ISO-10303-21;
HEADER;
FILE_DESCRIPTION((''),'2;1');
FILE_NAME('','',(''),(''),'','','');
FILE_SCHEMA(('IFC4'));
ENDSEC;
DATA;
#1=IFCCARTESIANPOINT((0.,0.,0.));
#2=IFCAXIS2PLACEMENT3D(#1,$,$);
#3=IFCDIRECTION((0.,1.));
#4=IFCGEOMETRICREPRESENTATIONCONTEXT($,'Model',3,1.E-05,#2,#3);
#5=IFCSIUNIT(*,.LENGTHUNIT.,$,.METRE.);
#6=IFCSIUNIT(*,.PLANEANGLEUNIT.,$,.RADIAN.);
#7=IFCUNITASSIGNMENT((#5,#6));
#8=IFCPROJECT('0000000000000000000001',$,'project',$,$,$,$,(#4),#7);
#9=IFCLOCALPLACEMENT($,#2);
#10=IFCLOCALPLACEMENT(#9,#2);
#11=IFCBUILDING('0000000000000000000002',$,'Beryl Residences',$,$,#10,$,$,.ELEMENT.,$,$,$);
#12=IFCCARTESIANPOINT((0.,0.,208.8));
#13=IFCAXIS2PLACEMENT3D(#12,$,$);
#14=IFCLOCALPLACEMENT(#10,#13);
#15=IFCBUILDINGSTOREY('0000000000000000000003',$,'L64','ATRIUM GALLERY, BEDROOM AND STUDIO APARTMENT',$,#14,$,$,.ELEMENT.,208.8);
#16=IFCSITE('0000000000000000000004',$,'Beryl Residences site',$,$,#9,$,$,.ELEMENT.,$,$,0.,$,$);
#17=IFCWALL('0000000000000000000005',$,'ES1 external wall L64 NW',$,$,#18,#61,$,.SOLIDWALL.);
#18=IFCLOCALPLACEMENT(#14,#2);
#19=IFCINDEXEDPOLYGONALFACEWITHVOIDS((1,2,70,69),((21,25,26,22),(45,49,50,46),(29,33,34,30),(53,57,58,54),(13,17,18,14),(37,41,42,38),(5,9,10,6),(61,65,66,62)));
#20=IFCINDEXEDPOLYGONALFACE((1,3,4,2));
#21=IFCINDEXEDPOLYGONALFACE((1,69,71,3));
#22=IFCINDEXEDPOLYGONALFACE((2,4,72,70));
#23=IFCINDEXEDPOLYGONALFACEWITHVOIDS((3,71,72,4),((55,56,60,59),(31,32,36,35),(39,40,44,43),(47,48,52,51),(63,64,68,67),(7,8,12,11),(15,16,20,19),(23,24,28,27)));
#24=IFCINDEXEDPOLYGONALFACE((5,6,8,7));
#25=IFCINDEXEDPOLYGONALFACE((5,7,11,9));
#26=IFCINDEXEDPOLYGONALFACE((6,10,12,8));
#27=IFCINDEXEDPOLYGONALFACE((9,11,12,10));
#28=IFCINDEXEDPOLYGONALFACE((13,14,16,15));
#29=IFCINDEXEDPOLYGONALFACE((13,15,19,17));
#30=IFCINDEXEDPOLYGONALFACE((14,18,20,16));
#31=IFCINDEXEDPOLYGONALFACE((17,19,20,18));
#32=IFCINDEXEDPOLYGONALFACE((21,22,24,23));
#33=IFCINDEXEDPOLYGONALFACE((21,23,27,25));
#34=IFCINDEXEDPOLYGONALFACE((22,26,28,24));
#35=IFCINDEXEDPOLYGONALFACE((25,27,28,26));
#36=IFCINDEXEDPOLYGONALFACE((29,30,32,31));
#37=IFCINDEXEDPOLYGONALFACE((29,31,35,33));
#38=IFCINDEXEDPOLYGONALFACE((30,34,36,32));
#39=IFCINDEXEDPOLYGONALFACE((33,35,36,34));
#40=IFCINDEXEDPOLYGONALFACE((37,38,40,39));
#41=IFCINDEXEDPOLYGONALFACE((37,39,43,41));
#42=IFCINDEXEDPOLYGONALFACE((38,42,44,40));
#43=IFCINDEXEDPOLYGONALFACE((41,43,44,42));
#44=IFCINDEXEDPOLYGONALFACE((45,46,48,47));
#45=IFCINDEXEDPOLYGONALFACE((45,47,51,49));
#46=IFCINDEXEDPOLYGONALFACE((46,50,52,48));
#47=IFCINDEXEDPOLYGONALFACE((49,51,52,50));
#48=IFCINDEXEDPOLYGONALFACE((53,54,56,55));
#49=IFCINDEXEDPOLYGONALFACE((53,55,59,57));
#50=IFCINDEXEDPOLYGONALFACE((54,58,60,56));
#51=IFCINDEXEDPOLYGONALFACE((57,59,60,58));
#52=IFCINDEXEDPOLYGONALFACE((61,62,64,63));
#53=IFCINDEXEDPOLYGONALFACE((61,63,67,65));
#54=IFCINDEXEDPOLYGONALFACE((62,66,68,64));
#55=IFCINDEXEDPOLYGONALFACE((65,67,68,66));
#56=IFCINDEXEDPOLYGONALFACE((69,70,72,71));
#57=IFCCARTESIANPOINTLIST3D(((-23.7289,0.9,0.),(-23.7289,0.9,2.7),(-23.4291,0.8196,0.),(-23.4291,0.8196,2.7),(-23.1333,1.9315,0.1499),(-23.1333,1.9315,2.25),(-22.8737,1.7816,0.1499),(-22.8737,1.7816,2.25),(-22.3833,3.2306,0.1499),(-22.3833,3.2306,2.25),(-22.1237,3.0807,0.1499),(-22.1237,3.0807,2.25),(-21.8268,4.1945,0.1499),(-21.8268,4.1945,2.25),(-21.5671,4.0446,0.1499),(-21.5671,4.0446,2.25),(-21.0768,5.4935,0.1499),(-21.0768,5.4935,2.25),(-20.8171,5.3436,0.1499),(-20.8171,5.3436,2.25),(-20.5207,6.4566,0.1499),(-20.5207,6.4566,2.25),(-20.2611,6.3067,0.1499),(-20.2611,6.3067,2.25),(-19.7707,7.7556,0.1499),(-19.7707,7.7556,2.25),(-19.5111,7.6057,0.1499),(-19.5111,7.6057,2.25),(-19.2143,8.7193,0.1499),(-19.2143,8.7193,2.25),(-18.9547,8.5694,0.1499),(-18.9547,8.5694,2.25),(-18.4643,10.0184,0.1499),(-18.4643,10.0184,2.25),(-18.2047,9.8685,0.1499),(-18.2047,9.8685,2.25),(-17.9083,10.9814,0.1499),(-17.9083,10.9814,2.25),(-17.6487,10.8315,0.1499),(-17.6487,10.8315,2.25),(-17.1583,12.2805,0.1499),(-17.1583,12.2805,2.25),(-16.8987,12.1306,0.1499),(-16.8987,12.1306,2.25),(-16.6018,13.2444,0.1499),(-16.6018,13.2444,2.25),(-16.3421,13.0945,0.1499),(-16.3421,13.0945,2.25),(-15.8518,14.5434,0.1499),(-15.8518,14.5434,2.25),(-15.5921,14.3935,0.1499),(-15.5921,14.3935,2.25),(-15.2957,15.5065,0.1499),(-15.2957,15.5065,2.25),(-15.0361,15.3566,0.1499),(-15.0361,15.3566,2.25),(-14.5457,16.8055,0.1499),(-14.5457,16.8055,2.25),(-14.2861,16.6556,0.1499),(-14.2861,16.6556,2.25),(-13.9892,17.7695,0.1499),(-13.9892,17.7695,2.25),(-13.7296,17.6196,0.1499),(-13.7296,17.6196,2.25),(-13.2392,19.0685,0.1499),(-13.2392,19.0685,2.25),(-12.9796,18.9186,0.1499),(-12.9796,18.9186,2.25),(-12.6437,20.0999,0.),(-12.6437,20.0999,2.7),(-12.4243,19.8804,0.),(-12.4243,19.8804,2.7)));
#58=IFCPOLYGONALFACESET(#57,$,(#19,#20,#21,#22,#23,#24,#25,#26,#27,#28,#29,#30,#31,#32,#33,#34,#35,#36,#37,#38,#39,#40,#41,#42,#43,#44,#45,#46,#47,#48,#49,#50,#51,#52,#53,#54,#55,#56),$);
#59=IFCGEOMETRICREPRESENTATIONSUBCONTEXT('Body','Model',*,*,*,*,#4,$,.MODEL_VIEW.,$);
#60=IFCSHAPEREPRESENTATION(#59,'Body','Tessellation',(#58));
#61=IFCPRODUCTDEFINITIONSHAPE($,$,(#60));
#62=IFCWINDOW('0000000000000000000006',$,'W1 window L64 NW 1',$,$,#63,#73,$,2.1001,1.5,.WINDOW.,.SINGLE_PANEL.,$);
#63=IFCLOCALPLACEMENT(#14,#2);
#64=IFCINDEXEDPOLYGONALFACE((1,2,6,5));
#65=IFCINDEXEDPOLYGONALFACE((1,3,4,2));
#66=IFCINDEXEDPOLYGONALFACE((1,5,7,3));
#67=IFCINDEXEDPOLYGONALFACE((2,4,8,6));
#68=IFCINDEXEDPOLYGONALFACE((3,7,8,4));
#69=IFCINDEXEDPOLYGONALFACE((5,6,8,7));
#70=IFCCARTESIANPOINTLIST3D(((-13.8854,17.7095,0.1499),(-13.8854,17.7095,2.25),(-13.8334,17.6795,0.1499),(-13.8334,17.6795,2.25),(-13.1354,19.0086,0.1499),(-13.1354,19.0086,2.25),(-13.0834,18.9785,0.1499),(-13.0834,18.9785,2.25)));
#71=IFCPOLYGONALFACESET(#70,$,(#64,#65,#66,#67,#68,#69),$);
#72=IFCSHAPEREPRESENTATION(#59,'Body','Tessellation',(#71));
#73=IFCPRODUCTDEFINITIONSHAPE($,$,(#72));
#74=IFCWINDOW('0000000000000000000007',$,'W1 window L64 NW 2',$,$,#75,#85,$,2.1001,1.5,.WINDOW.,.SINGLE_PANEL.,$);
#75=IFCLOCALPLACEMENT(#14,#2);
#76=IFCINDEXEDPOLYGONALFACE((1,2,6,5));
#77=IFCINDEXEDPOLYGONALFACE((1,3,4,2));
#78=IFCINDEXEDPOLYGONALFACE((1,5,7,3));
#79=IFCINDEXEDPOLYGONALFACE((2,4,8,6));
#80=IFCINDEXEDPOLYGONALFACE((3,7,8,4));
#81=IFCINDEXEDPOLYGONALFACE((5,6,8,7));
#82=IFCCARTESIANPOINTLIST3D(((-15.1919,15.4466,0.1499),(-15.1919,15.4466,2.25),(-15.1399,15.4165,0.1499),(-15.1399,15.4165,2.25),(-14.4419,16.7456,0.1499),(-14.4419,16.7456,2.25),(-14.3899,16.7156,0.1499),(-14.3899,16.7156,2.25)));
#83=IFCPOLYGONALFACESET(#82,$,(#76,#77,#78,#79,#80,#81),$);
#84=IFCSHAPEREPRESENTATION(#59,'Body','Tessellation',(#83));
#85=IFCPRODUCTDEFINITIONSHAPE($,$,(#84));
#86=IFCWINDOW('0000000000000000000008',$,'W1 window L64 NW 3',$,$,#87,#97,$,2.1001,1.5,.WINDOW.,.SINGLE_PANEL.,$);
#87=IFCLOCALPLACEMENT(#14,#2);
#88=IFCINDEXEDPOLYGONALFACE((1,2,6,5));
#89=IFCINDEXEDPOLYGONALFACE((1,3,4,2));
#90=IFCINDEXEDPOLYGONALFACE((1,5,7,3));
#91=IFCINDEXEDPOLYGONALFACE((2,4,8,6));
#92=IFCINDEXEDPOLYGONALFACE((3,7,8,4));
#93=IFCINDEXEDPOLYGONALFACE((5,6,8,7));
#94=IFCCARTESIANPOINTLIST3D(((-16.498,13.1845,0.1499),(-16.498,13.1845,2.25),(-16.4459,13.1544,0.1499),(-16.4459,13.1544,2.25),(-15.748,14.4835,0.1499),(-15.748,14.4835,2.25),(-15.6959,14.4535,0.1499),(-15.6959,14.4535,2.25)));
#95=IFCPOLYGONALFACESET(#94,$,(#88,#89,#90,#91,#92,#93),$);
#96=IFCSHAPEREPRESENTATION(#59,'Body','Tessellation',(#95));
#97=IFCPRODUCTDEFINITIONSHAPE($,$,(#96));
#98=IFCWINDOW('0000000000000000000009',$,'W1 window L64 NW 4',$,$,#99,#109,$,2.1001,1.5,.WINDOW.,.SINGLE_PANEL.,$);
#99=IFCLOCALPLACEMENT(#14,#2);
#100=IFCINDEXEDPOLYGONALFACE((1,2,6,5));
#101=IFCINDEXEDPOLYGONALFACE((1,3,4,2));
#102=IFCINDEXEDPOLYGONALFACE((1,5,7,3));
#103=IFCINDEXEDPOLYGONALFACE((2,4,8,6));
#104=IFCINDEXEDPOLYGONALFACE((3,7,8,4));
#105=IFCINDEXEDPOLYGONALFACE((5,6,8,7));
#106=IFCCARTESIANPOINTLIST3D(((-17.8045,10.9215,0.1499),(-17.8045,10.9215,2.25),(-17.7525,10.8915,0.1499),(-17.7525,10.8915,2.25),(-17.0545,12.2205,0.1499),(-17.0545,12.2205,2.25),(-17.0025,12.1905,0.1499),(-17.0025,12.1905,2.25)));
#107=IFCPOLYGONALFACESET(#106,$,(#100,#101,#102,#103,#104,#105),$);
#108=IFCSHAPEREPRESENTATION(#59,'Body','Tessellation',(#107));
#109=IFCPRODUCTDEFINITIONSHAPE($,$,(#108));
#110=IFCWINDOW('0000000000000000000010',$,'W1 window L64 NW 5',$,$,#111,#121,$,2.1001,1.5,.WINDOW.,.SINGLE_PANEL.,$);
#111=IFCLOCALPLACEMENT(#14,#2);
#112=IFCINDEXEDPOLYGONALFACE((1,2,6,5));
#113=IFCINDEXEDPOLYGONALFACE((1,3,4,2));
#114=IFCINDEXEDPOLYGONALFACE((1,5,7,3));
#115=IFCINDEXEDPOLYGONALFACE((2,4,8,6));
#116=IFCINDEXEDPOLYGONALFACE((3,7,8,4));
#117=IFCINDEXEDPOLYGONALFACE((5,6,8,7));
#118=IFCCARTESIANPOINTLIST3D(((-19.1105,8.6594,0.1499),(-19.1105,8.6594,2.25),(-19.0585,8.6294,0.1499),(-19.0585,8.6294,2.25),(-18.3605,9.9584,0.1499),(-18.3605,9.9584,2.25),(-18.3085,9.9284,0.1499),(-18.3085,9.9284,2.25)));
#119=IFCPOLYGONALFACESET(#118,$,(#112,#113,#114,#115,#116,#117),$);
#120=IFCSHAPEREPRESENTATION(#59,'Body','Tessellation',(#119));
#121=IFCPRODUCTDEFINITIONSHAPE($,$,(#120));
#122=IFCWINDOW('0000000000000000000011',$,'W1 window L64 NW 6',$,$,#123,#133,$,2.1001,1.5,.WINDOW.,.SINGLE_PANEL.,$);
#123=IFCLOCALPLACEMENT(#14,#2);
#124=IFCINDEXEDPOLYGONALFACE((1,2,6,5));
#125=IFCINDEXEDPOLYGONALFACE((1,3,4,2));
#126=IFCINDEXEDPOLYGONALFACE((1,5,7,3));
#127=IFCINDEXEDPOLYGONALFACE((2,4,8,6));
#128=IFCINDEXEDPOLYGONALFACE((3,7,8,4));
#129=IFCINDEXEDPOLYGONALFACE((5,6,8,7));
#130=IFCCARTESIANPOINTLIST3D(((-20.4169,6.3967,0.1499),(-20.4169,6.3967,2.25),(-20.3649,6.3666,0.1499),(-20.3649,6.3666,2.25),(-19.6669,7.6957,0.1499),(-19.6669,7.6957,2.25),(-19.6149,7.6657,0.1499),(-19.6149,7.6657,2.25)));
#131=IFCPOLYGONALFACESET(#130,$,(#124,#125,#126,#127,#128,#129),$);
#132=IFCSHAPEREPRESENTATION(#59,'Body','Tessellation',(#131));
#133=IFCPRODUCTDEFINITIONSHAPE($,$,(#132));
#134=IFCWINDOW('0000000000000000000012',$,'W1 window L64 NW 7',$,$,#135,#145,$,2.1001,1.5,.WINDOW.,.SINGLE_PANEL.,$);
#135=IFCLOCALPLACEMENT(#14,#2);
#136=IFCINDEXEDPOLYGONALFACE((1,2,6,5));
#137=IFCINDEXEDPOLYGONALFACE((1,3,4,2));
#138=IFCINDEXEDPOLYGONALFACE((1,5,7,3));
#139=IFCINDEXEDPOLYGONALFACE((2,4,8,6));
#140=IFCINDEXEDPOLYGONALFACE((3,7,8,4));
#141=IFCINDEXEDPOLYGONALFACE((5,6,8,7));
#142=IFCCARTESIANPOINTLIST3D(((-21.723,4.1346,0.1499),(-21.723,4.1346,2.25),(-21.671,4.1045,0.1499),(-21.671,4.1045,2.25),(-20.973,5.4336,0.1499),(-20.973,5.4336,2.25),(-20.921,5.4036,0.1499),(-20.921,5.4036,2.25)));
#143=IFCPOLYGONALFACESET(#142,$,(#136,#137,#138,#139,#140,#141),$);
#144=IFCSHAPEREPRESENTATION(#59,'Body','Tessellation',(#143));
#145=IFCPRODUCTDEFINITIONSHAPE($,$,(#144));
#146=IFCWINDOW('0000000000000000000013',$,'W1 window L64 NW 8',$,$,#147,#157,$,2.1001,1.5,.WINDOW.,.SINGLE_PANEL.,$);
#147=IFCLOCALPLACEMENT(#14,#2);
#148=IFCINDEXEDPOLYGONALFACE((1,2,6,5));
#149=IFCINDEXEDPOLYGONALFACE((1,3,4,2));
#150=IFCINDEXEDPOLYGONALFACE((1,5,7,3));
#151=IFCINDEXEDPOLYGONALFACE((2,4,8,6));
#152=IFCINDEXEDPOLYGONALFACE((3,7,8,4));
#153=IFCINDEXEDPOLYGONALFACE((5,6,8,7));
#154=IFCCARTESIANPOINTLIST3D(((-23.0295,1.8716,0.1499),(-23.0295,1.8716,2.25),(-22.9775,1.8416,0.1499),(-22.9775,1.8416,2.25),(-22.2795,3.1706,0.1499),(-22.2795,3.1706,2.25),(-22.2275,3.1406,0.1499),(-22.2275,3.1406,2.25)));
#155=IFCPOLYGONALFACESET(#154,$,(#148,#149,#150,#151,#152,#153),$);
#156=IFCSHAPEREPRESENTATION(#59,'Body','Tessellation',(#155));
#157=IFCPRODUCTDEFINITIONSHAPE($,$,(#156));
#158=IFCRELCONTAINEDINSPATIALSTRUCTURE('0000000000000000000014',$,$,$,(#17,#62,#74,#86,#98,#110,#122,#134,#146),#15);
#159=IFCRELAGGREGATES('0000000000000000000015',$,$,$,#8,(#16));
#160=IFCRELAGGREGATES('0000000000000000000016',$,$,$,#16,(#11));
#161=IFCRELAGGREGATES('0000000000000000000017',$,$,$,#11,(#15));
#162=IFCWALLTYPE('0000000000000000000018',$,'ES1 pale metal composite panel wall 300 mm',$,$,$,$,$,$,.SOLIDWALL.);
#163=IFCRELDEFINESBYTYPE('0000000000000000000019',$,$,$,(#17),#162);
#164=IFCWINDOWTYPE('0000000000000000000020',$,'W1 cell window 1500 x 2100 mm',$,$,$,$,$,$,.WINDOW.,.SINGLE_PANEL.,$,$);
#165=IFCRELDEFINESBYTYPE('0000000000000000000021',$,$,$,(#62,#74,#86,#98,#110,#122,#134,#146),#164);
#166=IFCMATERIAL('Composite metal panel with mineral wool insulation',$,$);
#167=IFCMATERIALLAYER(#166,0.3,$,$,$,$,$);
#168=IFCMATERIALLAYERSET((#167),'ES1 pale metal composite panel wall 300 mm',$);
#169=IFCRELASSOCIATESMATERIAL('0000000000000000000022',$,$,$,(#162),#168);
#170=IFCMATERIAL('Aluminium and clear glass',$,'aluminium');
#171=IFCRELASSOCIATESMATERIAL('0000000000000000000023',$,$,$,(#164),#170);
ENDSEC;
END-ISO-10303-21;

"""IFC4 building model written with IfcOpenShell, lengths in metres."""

from ifc_helpers import new_model, si_unit, direction, frame, frame_2d, origin, place, context, subcontext, project, spatial, polyline, rectangle, outline, extrude, material, layer, layer_set, type_object, element, fill, save


model = new_model("IFC4")

# Units and contexts
model_context = context("Model", 3, precision=1e-05, world=origin(), true_north=direction((0.0, 1.0)))
body_context = subcontext(model_context, "Body", "Model", "MODEL_VIEW")
ifc_project = project(units=[si_unit("LENGTHUNIT", "METRE"), si_unit("PLANEANGLEUNIT", "RADIAN")], contexts=[model_context])

# Site, building, storey
site_placement = place(None, origin())
site = spatial("IfcSite", under=ifc_project, at=site_placement, Name="Beryl Residences site", CompositionType="ELEMENT", RefElevation=0.0)
building_placement = place(site_placement, origin())
building = spatial("IfcBuilding", under=site, at=building_placement, Name="Beryl Residences", CompositionType="ELEMENT")
storey_placement = place(building_placement, frame((0.0, 0.0, 208.8)))
storey = spatial("IfcBuildingStorey", under=building, at=storey_placement, Name="L64", Description="ATRIUM GALLERY, BEDROOM AND STUDIO APARTMENT", CompositionType="ELEMENT", Elevation=208.8)

# Wall, openings, windows
ifc_material_1 = material(Name="Composite metal panel with mineral wool insulation")
ifc_layer_1 = layer(ifc_material_1, 0.3)
ifc_layer_set_1 = layer_set([ifc_layer_1], Name="ES1 pale metal composite panel wall 300 mm")
wall_type_1 = type_object("IfcWallType", Name="ES1 pale metal composite panel wall 300 mm", PredefinedType="SOLIDWALL", material=ifc_layer_set_1)
wall_1_placement = place(storey_placement, frame((-12.5139, 20.0249, 0.0), z_axis=(0.0, 0.0, 1.0), x_axis=(-0.500004, -0.866023, 0.0)))
wall_1 = element("IfcWall", 1, at=wall_1_placement, inside=storey, type_object=wall_type_1, Name="ES1 external wall L64 NW", PredefinedType="SOLIDWALL", context=body_context, shape_type="SweptSolid", body=[
    extrude(outline(polyline([(0.0, -0.1499), (22.1702, -0.1499), (22.0898, 0.1499), (0.0803, 0.1499), (0.0, -0.1499)])), origin(), (0.0, 0.0, 1.0), 2.7),
])
opening_1_placement = place(wall_1_placement, frame((1.1909, 0.0, 0.1499)))
opening_1 = element("IfcOpeningElement", 2, at=opening_1_placement, cuts=wall_1, PredefinedType="OPENING", context=body_context, shape_type="SweptSolid", body=[
    extrude(rectangle(XDim=1.5, YDim=2.1001, at=frame_2d((0.75, 1.05))), frame((0.0, 0.1599, 0.0), z_axis=(0.0, -1.0, 0.0), x_axis=(1.0, 0.0, 0.0)), (0.0, 0.0, 1.0), 0.3201),
])
opening_2_placement = place(wall_1_placement, frame((3.804, 0.0, 0.1499)))
opening_2 = element("IfcOpeningElement", 3, at=opening_2_placement, cuts=wall_1, PredefinedType="OPENING", context=body_context, shape_type="SweptSolid", body=[
    extrude(rectangle(XDim=1.5, YDim=2.1001, at=frame_2d((0.75, 1.05))), frame((0.0, 0.1599, 0.0), z_axis=(0.0, -1.0, 0.0), x_axis=(1.0, 0.0, 0.0)), (0.0, 0.0, 1.0), 0.3201),
])
opening_3_placement = place(wall_1_placement, frame((6.416, 0.0, 0.1499)))
opening_3 = element("IfcOpeningElement", 4, at=opening_3_placement, cuts=wall_1, PredefinedType="OPENING", context=body_context, shape_type="SweptSolid", body=[
    extrude(rectangle(XDim=1.5, YDim=2.1001, at=frame_2d((0.75, 1.05))), frame((0.0, 0.1599, 0.0), z_axis=(0.0, -1.0, 0.0), x_axis=(1.0, 0.0, 0.0)), (0.0, 0.0, 1.0), 0.3201),
])
opening_4_placement = place(wall_1_placement, frame((9.0291, 0.0, 0.1499)))
opening_4 = element("IfcOpeningElement", 5, at=opening_4_placement, cuts=wall_1, PredefinedType="OPENING", context=body_context, shape_type="SweptSolid", body=[
    extrude(rectangle(XDim=1.5, YDim=2.1001, at=frame_2d((0.75, 1.05))), frame((0.0, 0.1599, 0.0), z_axis=(0.0, -1.0, 0.0), x_axis=(1.0, 0.0, 0.0)), (0.0, 0.0, 1.0), 0.3201),
])
opening_5_placement = place(wall_1_placement, frame((11.6411, 0.0, 0.1499)))
opening_5 = element("IfcOpeningElement", 6, at=opening_5_placement, cuts=wall_1, PredefinedType="OPENING", context=body_context, shape_type="SweptSolid", body=[
    extrude(rectangle(XDim=1.5, YDim=2.1001, at=frame_2d((0.75, 1.05))), frame((0.0, 0.1599, 0.0), z_axis=(0.0, -1.0, 0.0), x_axis=(1.0, 0.0, 0.0)), (0.0, 0.0, 1.0), 0.3201),
])
opening_6_placement = place(wall_1_placement, frame((14.2539, 0.0, 0.1499)))
opening_6 = element("IfcOpeningElement", 7, at=opening_6_placement, cuts=wall_1, PredefinedType="OPENING", context=body_context, shape_type="SweptSolid", body=[
    extrude(rectangle(XDim=1.5, YDim=2.1001, at=frame_2d((0.75, 1.05))), frame((0.0, 0.1599, 0.0), z_axis=(0.0, -1.0, 0.0), x_axis=(1.0, 0.0, 0.0)), (0.0, 0.0, 1.0), 0.3201),
])
opening_7_placement = place(wall_1_placement, frame((16.866, 0.0, 0.1499)))
opening_7 = element("IfcOpeningElement", 8, at=opening_7_placement, cuts=wall_1, PredefinedType="OPENING", context=body_context, shape_type="SweptSolid", body=[
    extrude(rectangle(XDim=1.5, YDim=2.1001, at=frame_2d((0.75, 1.05))), frame((0.0, 0.1599, 0.0), z_axis=(0.0, -1.0, 0.0), x_axis=(1.0, 0.0, 0.0)), (0.0, 0.0, 1.0), 0.3201),
])
opening_8_placement = place(wall_1_placement, frame((19.479, 0.0, 0.1499)))
opening_8 = element("IfcOpeningElement", 9, at=opening_8_placement, cuts=wall_1, PredefinedType="OPENING", context=body_context, shape_type="SweptSolid", body=[
    extrude(rectangle(XDim=1.5, YDim=2.1001, at=frame_2d((0.75, 1.05))), frame((0.0, 0.1599, 0.0), z_axis=(0.0, -1.0, 0.0), x_axis=(1.0, 0.0, 0.0)), (0.0, 0.0, 1.0), 0.3201),
])
ifc_material_2 = material(Name="Aluminium and clear glass", Category="aluminium")
window_type = type_object("IfcWindowType", Name="W1 cell window 1500 x 2100 mm", PartitioningType="SINGLE_PANEL", PredefinedType="WINDOW", material=ifc_material_2)
window_1_placement = place(opening_1_placement, origin())
window_1 = element("IfcWindow", 10, at=window_1_placement, inside=storey, type_object=window_type, Name="W1 window L64 NW 1", OverallHeight=2.1001, OverallWidth=1.5, PartitioningType="SINGLE_PANEL", PredefinedType="WINDOW", context=body_context, shape_type="SweptSolid", body=[
    extrude(rectangle(XDim=1.5, YDim=2.1001, at=frame_2d((0.75, 1.05))), frame((0.0, 0.03, 0.0), z_axis=(0.0, -1.0, 0.0), x_axis=(1.0, 0.0, 0.0)), (0.0, 0.0, 1.0), 0.0601),
])
fill(opening_1, window_1)
window_2_placement = place(opening_2_placement, origin())
window_2 = element("IfcWindow", 11, at=window_2_placement, inside=storey, type_object=window_type, Name="W1 window L64 NW 2", OverallHeight=2.1001, OverallWidth=1.5, PartitioningType="SINGLE_PANEL", PredefinedType="WINDOW", context=body_context, shape_type="SweptSolid", body=[
    extrude(rectangle(XDim=1.5, YDim=2.1001, at=frame_2d((0.75, 1.05))), frame((0.0, 0.03, 0.0), z_axis=(0.0, -1.0, 0.0), x_axis=(1.0, 0.0, 0.0)), (0.0, 0.0, 1.0), 0.0601),
])
fill(opening_2, window_2)
window_3_placement = place(opening_3_placement, origin())
window_3 = element("IfcWindow", 12, at=window_3_placement, inside=storey, type_object=window_type, Name="W1 window L64 NW 3", OverallHeight=2.1001, OverallWidth=1.5, PartitioningType="SINGLE_PANEL", PredefinedType="WINDOW", context=body_context, shape_type="SweptSolid", body=[
    extrude(rectangle(XDim=1.5, YDim=2.1001, at=frame_2d((0.75, 1.05))), frame((0.0, 0.03, 0.0), z_axis=(0.0, -1.0, 0.0), x_axis=(1.0, 0.0, 0.0)), (0.0, 0.0, 1.0), 0.0601),
])
fill(opening_3, window_3)
window_4_placement = place(opening_4_placement, origin())
window_4 = element("IfcWindow", 13, at=window_4_placement, inside=storey, type_object=window_type, Name="W1 window L64 NW 4", OverallHeight=2.1001, OverallWidth=1.5, PartitioningType="SINGLE_PANEL", PredefinedType="WINDOW", context=body_context, shape_type="SweptSolid", body=[
    extrude(rectangle(XDim=1.5, YDim=2.1001, at=frame_2d((0.75, 1.05))), frame((0.0, 0.03, 0.0), z_axis=(0.0, -1.0, 0.0), x_axis=(1.0, 0.0, 0.0)), (0.0, 0.0, 1.0), 0.0601),
])
fill(opening_4, window_4)
window_5_placement = place(opening_5_placement, origin())
window_5 = element("IfcWindow", 14, at=window_5_placement, inside=storey, type_object=window_type, Name="W1 window L64 NW 5", OverallHeight=2.1001, OverallWidth=1.5, PartitioningType="SINGLE_PANEL", PredefinedType="WINDOW", context=body_context, shape_type="SweptSolid", body=[
    extrude(rectangle(XDim=1.5, YDim=2.1001, at=frame_2d((0.75, 1.05))), frame((0.0, 0.03, 0.0), z_axis=(0.0, -1.0, 0.0), x_axis=(1.0, 0.0, 0.0)), (0.0, 0.0, 1.0), 0.0601),
])
fill(opening_5, window_5)
window_6_placement = place(opening_6_placement, origin())
window_6 = element("IfcWindow", 15, at=window_6_placement, inside=storey, type_object=window_type, Name="W1 window L64 NW 6", OverallHeight=2.1001, OverallWidth=1.5, PartitioningType="SINGLE_PANEL", PredefinedType="WINDOW", context=body_context, shape_type="SweptSolid", body=[
    extrude(rectangle(XDim=1.5, YDim=2.1001, at=frame_2d((0.75, 1.05))), frame((0.0, 0.03, 0.0), z_axis=(0.0, -1.0, 0.0), x_axis=(1.0, 0.0, 0.0)), (0.0, 0.0, 1.0), 0.0601),
])
fill(opening_6, window_6)
window_7_placement = place(opening_7_placement, origin())
window_7 = element("IfcWindow", 16, at=window_7_placement, inside=storey, type_object=window_type, Name="W1 window L64 NW 7", OverallHeight=2.1001, OverallWidth=1.5, PartitioningType="SINGLE_PANEL", PredefinedType="WINDOW", context=body_context, shape_type="SweptSolid", body=[
    extrude(rectangle(XDim=1.5, YDim=2.1001, at=frame_2d((0.75, 1.05))), frame((0.0, 0.03, 0.0), z_axis=(0.0, -1.0, 0.0), x_axis=(1.0, 0.0, 0.0)), (0.0, 0.0, 1.0), 0.0601),
])
fill(opening_7, window_7)
window_8_placement = place(opening_8_placement, origin())
window_8 = element("IfcWindow", 17, at=window_8_placement, inside=storey, type_object=window_type, Name="W1 window L64 NW 8", OverallHeight=2.1001, OverallWidth=1.5, PartitioningType="SINGLE_PANEL", PredefinedType="WINDOW", context=body_context, shape_type="SweptSolid", body=[
    extrude(rectangle(XDim=1.5, YDim=2.1001, at=frame_2d((0.75, 1.05))), frame((0.0, 0.03, 0.0), z_axis=(0.0, -1.0, 0.0), x_axis=(1.0, 0.0, 0.0)), (0.0, 0.0, 1.0), 0.0601),
])
fill(opening_8, window_8)

save(model, "model.ifc")
